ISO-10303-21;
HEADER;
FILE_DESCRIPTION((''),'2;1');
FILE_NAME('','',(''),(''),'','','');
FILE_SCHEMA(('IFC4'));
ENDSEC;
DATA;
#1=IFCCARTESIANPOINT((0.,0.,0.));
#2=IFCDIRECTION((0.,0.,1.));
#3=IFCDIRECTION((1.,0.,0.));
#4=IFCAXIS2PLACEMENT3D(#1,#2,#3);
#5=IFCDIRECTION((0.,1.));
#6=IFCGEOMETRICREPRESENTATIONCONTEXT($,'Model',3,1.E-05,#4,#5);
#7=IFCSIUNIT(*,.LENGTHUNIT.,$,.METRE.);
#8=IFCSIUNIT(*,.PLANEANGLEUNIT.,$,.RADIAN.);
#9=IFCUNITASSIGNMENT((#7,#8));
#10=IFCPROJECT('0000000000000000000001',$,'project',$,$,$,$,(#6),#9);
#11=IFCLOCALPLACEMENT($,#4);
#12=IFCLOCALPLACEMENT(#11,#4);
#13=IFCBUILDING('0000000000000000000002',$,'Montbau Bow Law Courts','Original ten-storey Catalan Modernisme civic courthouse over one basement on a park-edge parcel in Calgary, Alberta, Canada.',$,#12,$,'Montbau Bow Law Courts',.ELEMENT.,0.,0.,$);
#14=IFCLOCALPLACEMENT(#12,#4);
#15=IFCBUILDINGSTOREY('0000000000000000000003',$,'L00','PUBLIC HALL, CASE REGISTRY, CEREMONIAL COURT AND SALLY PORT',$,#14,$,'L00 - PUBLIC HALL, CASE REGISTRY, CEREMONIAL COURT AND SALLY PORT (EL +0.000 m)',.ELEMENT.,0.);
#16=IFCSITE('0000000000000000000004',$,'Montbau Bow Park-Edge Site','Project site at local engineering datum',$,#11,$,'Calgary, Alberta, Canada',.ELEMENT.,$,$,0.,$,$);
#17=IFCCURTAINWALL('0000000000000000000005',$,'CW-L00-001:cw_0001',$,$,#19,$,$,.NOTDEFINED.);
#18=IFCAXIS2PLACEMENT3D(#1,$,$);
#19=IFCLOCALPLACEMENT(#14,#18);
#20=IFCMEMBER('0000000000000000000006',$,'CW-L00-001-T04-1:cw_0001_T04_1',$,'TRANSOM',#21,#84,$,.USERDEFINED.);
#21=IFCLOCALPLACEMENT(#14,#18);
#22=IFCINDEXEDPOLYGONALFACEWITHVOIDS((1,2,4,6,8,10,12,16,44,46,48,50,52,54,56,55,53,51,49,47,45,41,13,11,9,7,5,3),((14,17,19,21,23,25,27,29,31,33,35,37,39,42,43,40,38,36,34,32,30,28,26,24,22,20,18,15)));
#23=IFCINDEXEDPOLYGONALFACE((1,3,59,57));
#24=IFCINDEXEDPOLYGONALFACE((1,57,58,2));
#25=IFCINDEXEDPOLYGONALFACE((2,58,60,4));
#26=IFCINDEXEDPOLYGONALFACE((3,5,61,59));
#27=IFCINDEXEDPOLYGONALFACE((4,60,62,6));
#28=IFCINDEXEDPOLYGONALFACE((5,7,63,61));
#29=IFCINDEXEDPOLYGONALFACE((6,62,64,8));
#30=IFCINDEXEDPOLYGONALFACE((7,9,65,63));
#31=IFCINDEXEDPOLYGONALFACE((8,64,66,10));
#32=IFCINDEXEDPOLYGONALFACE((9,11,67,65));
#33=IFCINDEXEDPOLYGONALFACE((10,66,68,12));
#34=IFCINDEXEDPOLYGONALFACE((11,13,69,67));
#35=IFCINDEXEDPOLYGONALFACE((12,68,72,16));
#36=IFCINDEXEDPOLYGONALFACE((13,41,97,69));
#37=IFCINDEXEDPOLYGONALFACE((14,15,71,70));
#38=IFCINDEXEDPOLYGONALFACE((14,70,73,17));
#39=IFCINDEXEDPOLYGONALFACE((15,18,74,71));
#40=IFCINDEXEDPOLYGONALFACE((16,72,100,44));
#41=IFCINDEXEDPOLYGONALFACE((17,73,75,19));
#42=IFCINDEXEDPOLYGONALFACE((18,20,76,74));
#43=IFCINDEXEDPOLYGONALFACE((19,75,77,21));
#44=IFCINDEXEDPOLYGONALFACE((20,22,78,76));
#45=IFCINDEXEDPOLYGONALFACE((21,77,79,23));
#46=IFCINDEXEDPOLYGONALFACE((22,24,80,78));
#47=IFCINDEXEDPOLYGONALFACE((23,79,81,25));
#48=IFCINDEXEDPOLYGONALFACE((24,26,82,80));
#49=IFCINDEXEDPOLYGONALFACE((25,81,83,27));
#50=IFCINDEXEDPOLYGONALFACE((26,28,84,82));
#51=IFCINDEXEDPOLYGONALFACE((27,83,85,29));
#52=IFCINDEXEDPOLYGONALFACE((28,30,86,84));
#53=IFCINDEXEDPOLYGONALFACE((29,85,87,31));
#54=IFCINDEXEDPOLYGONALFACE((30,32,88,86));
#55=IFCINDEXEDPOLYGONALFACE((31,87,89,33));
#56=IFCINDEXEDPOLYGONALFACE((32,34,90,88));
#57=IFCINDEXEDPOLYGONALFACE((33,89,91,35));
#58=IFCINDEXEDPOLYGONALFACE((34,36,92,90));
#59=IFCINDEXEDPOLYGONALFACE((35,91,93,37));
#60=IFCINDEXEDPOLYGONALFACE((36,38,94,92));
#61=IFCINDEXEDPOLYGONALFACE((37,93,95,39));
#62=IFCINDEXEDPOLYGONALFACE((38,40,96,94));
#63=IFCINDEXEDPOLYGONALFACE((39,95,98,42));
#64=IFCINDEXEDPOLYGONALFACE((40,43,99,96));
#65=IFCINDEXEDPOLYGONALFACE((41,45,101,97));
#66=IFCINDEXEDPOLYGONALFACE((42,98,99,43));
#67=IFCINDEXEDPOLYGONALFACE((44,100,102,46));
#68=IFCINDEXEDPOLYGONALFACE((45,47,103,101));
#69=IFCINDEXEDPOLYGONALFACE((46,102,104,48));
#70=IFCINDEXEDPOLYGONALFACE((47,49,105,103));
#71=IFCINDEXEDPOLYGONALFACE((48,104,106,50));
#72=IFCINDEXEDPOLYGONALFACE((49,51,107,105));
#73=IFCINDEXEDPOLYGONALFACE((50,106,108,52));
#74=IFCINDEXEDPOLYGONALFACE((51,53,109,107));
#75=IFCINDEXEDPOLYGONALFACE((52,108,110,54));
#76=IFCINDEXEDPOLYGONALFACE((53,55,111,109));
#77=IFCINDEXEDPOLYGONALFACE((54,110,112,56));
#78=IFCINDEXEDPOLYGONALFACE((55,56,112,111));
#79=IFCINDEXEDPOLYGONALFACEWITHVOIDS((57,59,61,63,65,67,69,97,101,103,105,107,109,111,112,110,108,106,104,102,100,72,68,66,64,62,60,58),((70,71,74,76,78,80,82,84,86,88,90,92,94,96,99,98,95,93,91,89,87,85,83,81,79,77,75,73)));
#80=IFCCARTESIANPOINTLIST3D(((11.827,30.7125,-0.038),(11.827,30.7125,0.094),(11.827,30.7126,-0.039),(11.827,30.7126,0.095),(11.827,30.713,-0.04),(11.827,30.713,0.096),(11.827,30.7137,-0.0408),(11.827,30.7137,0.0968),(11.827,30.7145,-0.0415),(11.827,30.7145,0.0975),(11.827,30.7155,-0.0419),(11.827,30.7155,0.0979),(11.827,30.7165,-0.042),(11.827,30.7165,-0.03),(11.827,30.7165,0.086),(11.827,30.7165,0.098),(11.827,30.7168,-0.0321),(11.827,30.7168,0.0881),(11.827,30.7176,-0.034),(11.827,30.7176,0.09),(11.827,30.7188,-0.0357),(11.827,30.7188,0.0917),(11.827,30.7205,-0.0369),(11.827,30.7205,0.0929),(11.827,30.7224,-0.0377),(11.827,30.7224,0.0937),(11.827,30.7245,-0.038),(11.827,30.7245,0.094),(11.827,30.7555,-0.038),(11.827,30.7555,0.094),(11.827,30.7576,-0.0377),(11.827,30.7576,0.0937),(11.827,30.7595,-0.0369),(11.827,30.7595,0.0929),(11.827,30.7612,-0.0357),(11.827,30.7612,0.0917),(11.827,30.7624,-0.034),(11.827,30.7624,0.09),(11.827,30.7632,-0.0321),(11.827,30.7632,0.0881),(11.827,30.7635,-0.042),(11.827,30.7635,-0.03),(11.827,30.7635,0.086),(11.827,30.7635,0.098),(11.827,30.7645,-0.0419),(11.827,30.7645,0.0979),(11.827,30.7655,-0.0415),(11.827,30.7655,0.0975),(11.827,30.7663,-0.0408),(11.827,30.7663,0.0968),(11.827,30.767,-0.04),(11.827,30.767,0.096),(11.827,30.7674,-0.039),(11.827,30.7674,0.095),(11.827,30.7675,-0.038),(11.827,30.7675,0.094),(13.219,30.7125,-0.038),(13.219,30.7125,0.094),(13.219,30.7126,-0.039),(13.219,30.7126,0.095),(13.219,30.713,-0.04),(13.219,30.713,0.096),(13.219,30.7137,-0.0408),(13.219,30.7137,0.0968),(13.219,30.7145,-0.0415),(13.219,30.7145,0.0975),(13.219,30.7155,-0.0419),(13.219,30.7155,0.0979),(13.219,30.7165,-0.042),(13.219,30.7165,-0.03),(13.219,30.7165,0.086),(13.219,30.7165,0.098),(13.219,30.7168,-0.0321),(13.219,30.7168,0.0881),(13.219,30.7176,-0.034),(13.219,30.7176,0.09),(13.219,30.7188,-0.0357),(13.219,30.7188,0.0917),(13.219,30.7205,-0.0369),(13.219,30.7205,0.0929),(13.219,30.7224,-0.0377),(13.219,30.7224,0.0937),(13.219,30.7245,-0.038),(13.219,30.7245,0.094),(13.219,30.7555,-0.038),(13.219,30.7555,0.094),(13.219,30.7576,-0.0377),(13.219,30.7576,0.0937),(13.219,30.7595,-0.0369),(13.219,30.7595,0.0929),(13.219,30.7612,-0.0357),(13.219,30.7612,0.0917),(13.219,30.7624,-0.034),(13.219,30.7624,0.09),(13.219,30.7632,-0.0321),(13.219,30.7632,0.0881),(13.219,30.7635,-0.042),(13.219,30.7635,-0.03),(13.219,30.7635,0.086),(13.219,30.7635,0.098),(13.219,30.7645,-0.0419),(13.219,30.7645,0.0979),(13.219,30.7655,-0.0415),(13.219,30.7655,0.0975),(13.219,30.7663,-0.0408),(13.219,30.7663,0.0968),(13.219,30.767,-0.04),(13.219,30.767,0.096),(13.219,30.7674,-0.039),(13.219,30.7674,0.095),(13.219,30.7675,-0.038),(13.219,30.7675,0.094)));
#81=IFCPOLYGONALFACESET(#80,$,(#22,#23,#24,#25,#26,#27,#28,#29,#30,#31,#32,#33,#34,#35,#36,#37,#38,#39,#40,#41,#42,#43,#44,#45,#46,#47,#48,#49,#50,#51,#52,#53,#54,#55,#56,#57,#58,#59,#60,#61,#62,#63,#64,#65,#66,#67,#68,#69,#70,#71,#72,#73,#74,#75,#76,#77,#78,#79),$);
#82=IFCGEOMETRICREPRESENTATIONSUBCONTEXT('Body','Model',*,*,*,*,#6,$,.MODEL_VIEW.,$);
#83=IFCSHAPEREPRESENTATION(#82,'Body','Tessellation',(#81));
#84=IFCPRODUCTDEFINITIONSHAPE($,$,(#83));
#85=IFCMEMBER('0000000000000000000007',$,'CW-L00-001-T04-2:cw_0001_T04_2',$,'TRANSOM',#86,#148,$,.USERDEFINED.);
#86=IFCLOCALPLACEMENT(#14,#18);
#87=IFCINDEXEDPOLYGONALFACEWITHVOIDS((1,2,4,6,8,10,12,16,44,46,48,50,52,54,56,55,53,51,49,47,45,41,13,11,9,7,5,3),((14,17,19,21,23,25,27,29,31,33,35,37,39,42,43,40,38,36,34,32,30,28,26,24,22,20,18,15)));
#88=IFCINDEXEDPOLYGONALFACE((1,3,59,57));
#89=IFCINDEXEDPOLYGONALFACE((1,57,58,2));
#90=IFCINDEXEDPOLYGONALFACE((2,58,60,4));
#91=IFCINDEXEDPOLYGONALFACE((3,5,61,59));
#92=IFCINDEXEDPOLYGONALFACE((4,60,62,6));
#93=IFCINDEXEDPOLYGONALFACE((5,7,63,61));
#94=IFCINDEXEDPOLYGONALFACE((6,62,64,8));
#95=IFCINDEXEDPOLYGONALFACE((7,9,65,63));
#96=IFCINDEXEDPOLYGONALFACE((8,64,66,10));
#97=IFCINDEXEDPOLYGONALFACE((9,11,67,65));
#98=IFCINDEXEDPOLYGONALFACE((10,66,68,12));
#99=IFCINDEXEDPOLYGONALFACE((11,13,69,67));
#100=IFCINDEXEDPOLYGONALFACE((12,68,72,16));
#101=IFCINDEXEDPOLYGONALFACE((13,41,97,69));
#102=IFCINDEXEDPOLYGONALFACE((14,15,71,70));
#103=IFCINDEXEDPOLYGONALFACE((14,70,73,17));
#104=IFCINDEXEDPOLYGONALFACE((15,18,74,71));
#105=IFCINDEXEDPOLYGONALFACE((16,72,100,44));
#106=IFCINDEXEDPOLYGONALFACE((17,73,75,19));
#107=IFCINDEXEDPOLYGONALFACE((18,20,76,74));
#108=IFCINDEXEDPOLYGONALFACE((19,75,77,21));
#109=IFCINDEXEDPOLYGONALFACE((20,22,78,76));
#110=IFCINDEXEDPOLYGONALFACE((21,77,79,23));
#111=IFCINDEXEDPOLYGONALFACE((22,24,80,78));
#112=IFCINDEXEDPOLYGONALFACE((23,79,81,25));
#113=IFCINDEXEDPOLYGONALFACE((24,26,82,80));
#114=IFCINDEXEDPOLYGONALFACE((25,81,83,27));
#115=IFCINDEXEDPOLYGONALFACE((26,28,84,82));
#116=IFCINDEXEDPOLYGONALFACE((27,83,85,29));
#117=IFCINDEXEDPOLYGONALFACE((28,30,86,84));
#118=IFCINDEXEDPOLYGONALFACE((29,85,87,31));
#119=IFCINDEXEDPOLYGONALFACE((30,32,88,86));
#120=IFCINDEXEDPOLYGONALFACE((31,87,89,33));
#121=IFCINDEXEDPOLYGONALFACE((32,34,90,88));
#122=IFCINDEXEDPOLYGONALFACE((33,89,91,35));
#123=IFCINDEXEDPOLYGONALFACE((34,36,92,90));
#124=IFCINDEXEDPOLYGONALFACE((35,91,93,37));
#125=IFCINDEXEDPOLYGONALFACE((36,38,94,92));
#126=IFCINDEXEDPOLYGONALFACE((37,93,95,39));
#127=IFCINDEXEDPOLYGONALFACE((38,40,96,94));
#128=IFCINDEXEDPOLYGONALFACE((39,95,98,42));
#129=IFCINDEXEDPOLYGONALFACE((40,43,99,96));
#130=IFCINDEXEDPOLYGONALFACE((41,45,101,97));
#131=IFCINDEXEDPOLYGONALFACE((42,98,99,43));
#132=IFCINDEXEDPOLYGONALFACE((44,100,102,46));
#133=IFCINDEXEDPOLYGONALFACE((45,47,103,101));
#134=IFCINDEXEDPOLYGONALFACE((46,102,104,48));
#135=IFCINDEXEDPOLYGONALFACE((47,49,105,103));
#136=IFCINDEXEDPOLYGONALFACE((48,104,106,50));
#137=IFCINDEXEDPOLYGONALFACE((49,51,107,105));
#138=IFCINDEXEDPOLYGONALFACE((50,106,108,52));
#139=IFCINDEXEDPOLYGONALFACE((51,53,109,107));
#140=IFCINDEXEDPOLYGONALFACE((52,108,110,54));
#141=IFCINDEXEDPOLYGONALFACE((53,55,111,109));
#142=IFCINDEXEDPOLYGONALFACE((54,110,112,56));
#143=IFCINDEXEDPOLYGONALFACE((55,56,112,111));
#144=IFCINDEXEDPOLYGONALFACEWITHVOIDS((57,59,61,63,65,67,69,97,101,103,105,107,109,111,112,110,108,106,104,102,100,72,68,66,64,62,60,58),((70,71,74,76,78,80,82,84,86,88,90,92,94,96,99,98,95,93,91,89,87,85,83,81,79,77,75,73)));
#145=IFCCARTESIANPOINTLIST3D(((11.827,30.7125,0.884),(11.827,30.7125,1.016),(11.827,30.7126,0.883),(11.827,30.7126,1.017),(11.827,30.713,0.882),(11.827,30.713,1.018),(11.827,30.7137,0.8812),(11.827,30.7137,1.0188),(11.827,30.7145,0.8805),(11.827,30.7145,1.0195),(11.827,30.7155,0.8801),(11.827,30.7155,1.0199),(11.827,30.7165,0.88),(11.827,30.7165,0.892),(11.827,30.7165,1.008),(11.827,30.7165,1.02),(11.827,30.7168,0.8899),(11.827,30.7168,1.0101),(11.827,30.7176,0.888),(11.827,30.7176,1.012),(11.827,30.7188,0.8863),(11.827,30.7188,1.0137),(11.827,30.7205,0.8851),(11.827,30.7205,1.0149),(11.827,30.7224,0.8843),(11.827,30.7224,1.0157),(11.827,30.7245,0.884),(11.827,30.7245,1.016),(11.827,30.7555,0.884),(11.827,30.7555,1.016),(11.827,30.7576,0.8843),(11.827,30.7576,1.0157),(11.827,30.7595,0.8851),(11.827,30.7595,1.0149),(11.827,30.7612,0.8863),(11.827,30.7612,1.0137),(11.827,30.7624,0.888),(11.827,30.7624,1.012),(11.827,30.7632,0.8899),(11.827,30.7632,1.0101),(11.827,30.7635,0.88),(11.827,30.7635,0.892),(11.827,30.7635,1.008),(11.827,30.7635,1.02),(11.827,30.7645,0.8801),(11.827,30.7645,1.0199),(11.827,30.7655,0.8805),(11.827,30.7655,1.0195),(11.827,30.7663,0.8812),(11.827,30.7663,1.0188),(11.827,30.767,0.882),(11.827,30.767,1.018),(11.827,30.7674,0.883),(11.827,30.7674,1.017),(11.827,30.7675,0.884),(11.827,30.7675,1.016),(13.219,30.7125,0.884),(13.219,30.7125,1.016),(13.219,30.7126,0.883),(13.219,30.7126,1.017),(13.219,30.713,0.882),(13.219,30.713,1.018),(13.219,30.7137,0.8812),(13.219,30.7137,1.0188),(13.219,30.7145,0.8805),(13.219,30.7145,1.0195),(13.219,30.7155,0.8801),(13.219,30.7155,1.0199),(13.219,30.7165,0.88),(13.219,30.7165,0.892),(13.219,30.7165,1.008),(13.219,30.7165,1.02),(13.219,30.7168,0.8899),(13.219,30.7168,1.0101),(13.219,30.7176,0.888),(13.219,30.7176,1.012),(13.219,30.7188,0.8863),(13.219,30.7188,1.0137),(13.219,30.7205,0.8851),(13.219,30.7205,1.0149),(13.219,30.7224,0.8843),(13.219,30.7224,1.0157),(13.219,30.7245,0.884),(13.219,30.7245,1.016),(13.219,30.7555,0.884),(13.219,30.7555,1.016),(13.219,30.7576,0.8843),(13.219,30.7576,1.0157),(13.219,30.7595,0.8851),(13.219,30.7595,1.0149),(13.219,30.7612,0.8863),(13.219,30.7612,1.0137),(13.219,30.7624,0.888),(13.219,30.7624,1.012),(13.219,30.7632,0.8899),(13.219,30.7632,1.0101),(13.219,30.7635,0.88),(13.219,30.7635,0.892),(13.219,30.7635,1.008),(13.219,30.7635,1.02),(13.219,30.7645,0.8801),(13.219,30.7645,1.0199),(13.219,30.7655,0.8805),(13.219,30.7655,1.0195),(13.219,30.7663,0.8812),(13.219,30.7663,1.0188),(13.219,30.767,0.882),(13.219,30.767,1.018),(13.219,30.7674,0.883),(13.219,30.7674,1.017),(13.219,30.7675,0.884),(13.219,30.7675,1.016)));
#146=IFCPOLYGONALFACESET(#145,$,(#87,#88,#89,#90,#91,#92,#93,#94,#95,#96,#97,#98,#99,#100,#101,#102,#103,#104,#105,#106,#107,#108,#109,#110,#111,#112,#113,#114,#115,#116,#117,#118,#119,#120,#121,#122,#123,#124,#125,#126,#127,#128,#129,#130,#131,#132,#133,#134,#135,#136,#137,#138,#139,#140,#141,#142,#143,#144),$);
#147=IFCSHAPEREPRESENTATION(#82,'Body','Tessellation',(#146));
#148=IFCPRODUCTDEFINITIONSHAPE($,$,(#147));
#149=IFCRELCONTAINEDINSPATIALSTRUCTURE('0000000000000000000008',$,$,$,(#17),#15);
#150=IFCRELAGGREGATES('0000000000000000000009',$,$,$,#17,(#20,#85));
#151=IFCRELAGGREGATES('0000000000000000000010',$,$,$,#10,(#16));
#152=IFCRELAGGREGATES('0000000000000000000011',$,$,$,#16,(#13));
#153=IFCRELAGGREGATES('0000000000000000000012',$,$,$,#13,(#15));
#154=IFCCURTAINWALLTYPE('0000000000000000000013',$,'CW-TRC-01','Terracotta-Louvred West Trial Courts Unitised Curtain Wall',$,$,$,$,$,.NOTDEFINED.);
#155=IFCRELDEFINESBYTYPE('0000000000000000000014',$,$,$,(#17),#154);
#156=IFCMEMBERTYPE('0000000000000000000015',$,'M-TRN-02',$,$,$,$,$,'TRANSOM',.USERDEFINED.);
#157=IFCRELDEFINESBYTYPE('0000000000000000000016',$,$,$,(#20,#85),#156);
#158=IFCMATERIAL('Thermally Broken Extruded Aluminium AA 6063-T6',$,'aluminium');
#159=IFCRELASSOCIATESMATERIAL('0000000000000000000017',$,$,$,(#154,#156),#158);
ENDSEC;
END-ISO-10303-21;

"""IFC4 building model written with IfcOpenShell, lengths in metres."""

from ifc_helpers import new_model, si_unit, direction, frame, origin_with_axes, origin_2d_with_axis, place, context, subcontext, project, spatial, hollow_rectangle, extrude, material, material_profile, profile_set, type_object, element, aggregate, save


model = new_model("IFC4")

# Units and contexts
model_context = context("Model", 3, precision=1e-05, world=origin_with_axes(), true_north=direction((0.0, 1.0)))
body_context = subcontext(model_context, "Body", "Model", "MODEL_VIEW")
ifc_project = project(units=[si_unit("LENGTHUNIT", "METRE"), si_unit("PLANEANGLEUNIT", "RADIAN")], contexts=[model_context])

# Site, building, storey
site_placement = place(None, origin_with_axes())
site = spatial("IfcSite", under=ifc_project, at=site_placement, Name="Montbau Bow Park-Edge Site", Description="Project site at local engineering datum", LongName="Calgary, Alberta, Canada", CompositionType="ELEMENT", RefElevation=0.0)
building_placement = place(site_placement, origin_with_axes())
building = spatial("IfcBuilding", under=site, at=building_placement, Name="Montbau Bow Law Courts", Description="Original ten-storey Catalan Modernisme civic courthouse over one basement on a park-edge parcel in Calgary, Alberta, Canada.", LongName="Montbau Bow Law Courts", CompositionType="ELEMENT", ElevationOfRefHeight=0.0, ElevationOfTerrain=0.0)
storey_placement = place(building_placement, origin_with_axes())
storey = spatial("IfcBuildingStorey", under=building, at=storey_placement, Name="L00", Description="PUBLIC HALL, CASE REGISTRY, CEREMONIAL COURT AND SALLY PORT", LongName="L00 - PUBLIC HALL, CASE REGISTRY, CEREMONIAL COURT AND SALLY PORT (EL +0.000 m)", CompositionType="ELEMENT", Elevation=0.0)

# Curtain wall
ifc_material_1 = material(Name="Thermally Broken Extruded Aluminium AA 6063-T6", Category="aluminium")
curtain_wall_type = type_object("IfcCurtainWallType", Name="CW-TRC-01", Description="Terracotta-Louvred West Trial Courts Unitised Curtain Wall", PredefinedType="NOTDEFINED", material=ifc_material_1)
curtain_wall_1_placement = place(None, frame((7.315, 30.74, 0.0), z_axis=(0.0, 0.0, 1.0), x_axis=(1.0, 0.0, 0.0)))
curtain_wall_1 = element("IfcCurtainWall", 1, at=curtain_wall_1_placement, inside=storey, type_object=curtain_wall_type, Name="CW-L00-001:cw_0001", PredefinedType="NOTDEFINED")

# Members
ifc_material_profile_1 = material_profile(ifc_material_1, hollow_rectangle(XDim=0.055, YDim=0.14, WallThickness=0.004, InnerFilletRadius=0.008, OuterFilletRadius=0.004, at=origin_2d_with_axis()), Name="CWT-140X55", Category="Main", Priority=0)
ifc_profile_set_1 = profile_set([ifc_material_profile_1], Name="Thermally Broken Extruded Aluminium AA 6063-T6")
member_type_1 = type_object("IfcMemberType", Name="M-TRN-02", ElementType="TRANSOM", PredefinedType="USERDEFINED", material=ifc_profile_set_1)
member_1_placement = place(None, frame((11.827, 30.74, 0.028), z_axis=(1.0, 0.0, 0.0), x_axis=(0.0, 1.0, 0.0)))
member_1 = element("IfcMember", 2, at=member_1_placement, type_object=member_type_1, Name="CW-L00-001-T04-1:cw_0001_T04_1", ObjectType="TRANSOM", PredefinedType="USERDEFINED", context=body_context, shape_type="SweptSolid", body=[
    extrude(hollow_rectangle(XDim=0.055, YDim=0.14, WallThickness=0.004, InnerFilletRadius=0.008, OuterFilletRadius=0.004, at=origin_2d_with_axis()), origin_with_axes(), (0.0, 0.0, 1.0), 1.392),
])
member_2_placement = place(None, frame((11.827, 30.74, 0.95), z_axis=(1.0, 0.0, 0.0), x_axis=(0.0, 1.0, 0.0)))
member_2 = element("IfcMember", 3, at=member_2_placement, type_object=member_type_1, Name="CW-L00-001-T04-2:cw_0001_T04_2", ObjectType="TRANSOM", PredefinedType="USERDEFINED", context=body_context, shape_type="SweptSolid", body=[
    extrude(hollow_rectangle(XDim=0.055, YDim=0.14, WallThickness=0.004, InnerFilletRadius=0.008, OuterFilletRadius=0.004, at=origin_2d_with_axis()), origin_with_axes(), (0.0, 0.0, 1.0), 1.392),
])

aggregate(curtain_wall_1, [member_1, member_2])

save(model, "model.ifc")
